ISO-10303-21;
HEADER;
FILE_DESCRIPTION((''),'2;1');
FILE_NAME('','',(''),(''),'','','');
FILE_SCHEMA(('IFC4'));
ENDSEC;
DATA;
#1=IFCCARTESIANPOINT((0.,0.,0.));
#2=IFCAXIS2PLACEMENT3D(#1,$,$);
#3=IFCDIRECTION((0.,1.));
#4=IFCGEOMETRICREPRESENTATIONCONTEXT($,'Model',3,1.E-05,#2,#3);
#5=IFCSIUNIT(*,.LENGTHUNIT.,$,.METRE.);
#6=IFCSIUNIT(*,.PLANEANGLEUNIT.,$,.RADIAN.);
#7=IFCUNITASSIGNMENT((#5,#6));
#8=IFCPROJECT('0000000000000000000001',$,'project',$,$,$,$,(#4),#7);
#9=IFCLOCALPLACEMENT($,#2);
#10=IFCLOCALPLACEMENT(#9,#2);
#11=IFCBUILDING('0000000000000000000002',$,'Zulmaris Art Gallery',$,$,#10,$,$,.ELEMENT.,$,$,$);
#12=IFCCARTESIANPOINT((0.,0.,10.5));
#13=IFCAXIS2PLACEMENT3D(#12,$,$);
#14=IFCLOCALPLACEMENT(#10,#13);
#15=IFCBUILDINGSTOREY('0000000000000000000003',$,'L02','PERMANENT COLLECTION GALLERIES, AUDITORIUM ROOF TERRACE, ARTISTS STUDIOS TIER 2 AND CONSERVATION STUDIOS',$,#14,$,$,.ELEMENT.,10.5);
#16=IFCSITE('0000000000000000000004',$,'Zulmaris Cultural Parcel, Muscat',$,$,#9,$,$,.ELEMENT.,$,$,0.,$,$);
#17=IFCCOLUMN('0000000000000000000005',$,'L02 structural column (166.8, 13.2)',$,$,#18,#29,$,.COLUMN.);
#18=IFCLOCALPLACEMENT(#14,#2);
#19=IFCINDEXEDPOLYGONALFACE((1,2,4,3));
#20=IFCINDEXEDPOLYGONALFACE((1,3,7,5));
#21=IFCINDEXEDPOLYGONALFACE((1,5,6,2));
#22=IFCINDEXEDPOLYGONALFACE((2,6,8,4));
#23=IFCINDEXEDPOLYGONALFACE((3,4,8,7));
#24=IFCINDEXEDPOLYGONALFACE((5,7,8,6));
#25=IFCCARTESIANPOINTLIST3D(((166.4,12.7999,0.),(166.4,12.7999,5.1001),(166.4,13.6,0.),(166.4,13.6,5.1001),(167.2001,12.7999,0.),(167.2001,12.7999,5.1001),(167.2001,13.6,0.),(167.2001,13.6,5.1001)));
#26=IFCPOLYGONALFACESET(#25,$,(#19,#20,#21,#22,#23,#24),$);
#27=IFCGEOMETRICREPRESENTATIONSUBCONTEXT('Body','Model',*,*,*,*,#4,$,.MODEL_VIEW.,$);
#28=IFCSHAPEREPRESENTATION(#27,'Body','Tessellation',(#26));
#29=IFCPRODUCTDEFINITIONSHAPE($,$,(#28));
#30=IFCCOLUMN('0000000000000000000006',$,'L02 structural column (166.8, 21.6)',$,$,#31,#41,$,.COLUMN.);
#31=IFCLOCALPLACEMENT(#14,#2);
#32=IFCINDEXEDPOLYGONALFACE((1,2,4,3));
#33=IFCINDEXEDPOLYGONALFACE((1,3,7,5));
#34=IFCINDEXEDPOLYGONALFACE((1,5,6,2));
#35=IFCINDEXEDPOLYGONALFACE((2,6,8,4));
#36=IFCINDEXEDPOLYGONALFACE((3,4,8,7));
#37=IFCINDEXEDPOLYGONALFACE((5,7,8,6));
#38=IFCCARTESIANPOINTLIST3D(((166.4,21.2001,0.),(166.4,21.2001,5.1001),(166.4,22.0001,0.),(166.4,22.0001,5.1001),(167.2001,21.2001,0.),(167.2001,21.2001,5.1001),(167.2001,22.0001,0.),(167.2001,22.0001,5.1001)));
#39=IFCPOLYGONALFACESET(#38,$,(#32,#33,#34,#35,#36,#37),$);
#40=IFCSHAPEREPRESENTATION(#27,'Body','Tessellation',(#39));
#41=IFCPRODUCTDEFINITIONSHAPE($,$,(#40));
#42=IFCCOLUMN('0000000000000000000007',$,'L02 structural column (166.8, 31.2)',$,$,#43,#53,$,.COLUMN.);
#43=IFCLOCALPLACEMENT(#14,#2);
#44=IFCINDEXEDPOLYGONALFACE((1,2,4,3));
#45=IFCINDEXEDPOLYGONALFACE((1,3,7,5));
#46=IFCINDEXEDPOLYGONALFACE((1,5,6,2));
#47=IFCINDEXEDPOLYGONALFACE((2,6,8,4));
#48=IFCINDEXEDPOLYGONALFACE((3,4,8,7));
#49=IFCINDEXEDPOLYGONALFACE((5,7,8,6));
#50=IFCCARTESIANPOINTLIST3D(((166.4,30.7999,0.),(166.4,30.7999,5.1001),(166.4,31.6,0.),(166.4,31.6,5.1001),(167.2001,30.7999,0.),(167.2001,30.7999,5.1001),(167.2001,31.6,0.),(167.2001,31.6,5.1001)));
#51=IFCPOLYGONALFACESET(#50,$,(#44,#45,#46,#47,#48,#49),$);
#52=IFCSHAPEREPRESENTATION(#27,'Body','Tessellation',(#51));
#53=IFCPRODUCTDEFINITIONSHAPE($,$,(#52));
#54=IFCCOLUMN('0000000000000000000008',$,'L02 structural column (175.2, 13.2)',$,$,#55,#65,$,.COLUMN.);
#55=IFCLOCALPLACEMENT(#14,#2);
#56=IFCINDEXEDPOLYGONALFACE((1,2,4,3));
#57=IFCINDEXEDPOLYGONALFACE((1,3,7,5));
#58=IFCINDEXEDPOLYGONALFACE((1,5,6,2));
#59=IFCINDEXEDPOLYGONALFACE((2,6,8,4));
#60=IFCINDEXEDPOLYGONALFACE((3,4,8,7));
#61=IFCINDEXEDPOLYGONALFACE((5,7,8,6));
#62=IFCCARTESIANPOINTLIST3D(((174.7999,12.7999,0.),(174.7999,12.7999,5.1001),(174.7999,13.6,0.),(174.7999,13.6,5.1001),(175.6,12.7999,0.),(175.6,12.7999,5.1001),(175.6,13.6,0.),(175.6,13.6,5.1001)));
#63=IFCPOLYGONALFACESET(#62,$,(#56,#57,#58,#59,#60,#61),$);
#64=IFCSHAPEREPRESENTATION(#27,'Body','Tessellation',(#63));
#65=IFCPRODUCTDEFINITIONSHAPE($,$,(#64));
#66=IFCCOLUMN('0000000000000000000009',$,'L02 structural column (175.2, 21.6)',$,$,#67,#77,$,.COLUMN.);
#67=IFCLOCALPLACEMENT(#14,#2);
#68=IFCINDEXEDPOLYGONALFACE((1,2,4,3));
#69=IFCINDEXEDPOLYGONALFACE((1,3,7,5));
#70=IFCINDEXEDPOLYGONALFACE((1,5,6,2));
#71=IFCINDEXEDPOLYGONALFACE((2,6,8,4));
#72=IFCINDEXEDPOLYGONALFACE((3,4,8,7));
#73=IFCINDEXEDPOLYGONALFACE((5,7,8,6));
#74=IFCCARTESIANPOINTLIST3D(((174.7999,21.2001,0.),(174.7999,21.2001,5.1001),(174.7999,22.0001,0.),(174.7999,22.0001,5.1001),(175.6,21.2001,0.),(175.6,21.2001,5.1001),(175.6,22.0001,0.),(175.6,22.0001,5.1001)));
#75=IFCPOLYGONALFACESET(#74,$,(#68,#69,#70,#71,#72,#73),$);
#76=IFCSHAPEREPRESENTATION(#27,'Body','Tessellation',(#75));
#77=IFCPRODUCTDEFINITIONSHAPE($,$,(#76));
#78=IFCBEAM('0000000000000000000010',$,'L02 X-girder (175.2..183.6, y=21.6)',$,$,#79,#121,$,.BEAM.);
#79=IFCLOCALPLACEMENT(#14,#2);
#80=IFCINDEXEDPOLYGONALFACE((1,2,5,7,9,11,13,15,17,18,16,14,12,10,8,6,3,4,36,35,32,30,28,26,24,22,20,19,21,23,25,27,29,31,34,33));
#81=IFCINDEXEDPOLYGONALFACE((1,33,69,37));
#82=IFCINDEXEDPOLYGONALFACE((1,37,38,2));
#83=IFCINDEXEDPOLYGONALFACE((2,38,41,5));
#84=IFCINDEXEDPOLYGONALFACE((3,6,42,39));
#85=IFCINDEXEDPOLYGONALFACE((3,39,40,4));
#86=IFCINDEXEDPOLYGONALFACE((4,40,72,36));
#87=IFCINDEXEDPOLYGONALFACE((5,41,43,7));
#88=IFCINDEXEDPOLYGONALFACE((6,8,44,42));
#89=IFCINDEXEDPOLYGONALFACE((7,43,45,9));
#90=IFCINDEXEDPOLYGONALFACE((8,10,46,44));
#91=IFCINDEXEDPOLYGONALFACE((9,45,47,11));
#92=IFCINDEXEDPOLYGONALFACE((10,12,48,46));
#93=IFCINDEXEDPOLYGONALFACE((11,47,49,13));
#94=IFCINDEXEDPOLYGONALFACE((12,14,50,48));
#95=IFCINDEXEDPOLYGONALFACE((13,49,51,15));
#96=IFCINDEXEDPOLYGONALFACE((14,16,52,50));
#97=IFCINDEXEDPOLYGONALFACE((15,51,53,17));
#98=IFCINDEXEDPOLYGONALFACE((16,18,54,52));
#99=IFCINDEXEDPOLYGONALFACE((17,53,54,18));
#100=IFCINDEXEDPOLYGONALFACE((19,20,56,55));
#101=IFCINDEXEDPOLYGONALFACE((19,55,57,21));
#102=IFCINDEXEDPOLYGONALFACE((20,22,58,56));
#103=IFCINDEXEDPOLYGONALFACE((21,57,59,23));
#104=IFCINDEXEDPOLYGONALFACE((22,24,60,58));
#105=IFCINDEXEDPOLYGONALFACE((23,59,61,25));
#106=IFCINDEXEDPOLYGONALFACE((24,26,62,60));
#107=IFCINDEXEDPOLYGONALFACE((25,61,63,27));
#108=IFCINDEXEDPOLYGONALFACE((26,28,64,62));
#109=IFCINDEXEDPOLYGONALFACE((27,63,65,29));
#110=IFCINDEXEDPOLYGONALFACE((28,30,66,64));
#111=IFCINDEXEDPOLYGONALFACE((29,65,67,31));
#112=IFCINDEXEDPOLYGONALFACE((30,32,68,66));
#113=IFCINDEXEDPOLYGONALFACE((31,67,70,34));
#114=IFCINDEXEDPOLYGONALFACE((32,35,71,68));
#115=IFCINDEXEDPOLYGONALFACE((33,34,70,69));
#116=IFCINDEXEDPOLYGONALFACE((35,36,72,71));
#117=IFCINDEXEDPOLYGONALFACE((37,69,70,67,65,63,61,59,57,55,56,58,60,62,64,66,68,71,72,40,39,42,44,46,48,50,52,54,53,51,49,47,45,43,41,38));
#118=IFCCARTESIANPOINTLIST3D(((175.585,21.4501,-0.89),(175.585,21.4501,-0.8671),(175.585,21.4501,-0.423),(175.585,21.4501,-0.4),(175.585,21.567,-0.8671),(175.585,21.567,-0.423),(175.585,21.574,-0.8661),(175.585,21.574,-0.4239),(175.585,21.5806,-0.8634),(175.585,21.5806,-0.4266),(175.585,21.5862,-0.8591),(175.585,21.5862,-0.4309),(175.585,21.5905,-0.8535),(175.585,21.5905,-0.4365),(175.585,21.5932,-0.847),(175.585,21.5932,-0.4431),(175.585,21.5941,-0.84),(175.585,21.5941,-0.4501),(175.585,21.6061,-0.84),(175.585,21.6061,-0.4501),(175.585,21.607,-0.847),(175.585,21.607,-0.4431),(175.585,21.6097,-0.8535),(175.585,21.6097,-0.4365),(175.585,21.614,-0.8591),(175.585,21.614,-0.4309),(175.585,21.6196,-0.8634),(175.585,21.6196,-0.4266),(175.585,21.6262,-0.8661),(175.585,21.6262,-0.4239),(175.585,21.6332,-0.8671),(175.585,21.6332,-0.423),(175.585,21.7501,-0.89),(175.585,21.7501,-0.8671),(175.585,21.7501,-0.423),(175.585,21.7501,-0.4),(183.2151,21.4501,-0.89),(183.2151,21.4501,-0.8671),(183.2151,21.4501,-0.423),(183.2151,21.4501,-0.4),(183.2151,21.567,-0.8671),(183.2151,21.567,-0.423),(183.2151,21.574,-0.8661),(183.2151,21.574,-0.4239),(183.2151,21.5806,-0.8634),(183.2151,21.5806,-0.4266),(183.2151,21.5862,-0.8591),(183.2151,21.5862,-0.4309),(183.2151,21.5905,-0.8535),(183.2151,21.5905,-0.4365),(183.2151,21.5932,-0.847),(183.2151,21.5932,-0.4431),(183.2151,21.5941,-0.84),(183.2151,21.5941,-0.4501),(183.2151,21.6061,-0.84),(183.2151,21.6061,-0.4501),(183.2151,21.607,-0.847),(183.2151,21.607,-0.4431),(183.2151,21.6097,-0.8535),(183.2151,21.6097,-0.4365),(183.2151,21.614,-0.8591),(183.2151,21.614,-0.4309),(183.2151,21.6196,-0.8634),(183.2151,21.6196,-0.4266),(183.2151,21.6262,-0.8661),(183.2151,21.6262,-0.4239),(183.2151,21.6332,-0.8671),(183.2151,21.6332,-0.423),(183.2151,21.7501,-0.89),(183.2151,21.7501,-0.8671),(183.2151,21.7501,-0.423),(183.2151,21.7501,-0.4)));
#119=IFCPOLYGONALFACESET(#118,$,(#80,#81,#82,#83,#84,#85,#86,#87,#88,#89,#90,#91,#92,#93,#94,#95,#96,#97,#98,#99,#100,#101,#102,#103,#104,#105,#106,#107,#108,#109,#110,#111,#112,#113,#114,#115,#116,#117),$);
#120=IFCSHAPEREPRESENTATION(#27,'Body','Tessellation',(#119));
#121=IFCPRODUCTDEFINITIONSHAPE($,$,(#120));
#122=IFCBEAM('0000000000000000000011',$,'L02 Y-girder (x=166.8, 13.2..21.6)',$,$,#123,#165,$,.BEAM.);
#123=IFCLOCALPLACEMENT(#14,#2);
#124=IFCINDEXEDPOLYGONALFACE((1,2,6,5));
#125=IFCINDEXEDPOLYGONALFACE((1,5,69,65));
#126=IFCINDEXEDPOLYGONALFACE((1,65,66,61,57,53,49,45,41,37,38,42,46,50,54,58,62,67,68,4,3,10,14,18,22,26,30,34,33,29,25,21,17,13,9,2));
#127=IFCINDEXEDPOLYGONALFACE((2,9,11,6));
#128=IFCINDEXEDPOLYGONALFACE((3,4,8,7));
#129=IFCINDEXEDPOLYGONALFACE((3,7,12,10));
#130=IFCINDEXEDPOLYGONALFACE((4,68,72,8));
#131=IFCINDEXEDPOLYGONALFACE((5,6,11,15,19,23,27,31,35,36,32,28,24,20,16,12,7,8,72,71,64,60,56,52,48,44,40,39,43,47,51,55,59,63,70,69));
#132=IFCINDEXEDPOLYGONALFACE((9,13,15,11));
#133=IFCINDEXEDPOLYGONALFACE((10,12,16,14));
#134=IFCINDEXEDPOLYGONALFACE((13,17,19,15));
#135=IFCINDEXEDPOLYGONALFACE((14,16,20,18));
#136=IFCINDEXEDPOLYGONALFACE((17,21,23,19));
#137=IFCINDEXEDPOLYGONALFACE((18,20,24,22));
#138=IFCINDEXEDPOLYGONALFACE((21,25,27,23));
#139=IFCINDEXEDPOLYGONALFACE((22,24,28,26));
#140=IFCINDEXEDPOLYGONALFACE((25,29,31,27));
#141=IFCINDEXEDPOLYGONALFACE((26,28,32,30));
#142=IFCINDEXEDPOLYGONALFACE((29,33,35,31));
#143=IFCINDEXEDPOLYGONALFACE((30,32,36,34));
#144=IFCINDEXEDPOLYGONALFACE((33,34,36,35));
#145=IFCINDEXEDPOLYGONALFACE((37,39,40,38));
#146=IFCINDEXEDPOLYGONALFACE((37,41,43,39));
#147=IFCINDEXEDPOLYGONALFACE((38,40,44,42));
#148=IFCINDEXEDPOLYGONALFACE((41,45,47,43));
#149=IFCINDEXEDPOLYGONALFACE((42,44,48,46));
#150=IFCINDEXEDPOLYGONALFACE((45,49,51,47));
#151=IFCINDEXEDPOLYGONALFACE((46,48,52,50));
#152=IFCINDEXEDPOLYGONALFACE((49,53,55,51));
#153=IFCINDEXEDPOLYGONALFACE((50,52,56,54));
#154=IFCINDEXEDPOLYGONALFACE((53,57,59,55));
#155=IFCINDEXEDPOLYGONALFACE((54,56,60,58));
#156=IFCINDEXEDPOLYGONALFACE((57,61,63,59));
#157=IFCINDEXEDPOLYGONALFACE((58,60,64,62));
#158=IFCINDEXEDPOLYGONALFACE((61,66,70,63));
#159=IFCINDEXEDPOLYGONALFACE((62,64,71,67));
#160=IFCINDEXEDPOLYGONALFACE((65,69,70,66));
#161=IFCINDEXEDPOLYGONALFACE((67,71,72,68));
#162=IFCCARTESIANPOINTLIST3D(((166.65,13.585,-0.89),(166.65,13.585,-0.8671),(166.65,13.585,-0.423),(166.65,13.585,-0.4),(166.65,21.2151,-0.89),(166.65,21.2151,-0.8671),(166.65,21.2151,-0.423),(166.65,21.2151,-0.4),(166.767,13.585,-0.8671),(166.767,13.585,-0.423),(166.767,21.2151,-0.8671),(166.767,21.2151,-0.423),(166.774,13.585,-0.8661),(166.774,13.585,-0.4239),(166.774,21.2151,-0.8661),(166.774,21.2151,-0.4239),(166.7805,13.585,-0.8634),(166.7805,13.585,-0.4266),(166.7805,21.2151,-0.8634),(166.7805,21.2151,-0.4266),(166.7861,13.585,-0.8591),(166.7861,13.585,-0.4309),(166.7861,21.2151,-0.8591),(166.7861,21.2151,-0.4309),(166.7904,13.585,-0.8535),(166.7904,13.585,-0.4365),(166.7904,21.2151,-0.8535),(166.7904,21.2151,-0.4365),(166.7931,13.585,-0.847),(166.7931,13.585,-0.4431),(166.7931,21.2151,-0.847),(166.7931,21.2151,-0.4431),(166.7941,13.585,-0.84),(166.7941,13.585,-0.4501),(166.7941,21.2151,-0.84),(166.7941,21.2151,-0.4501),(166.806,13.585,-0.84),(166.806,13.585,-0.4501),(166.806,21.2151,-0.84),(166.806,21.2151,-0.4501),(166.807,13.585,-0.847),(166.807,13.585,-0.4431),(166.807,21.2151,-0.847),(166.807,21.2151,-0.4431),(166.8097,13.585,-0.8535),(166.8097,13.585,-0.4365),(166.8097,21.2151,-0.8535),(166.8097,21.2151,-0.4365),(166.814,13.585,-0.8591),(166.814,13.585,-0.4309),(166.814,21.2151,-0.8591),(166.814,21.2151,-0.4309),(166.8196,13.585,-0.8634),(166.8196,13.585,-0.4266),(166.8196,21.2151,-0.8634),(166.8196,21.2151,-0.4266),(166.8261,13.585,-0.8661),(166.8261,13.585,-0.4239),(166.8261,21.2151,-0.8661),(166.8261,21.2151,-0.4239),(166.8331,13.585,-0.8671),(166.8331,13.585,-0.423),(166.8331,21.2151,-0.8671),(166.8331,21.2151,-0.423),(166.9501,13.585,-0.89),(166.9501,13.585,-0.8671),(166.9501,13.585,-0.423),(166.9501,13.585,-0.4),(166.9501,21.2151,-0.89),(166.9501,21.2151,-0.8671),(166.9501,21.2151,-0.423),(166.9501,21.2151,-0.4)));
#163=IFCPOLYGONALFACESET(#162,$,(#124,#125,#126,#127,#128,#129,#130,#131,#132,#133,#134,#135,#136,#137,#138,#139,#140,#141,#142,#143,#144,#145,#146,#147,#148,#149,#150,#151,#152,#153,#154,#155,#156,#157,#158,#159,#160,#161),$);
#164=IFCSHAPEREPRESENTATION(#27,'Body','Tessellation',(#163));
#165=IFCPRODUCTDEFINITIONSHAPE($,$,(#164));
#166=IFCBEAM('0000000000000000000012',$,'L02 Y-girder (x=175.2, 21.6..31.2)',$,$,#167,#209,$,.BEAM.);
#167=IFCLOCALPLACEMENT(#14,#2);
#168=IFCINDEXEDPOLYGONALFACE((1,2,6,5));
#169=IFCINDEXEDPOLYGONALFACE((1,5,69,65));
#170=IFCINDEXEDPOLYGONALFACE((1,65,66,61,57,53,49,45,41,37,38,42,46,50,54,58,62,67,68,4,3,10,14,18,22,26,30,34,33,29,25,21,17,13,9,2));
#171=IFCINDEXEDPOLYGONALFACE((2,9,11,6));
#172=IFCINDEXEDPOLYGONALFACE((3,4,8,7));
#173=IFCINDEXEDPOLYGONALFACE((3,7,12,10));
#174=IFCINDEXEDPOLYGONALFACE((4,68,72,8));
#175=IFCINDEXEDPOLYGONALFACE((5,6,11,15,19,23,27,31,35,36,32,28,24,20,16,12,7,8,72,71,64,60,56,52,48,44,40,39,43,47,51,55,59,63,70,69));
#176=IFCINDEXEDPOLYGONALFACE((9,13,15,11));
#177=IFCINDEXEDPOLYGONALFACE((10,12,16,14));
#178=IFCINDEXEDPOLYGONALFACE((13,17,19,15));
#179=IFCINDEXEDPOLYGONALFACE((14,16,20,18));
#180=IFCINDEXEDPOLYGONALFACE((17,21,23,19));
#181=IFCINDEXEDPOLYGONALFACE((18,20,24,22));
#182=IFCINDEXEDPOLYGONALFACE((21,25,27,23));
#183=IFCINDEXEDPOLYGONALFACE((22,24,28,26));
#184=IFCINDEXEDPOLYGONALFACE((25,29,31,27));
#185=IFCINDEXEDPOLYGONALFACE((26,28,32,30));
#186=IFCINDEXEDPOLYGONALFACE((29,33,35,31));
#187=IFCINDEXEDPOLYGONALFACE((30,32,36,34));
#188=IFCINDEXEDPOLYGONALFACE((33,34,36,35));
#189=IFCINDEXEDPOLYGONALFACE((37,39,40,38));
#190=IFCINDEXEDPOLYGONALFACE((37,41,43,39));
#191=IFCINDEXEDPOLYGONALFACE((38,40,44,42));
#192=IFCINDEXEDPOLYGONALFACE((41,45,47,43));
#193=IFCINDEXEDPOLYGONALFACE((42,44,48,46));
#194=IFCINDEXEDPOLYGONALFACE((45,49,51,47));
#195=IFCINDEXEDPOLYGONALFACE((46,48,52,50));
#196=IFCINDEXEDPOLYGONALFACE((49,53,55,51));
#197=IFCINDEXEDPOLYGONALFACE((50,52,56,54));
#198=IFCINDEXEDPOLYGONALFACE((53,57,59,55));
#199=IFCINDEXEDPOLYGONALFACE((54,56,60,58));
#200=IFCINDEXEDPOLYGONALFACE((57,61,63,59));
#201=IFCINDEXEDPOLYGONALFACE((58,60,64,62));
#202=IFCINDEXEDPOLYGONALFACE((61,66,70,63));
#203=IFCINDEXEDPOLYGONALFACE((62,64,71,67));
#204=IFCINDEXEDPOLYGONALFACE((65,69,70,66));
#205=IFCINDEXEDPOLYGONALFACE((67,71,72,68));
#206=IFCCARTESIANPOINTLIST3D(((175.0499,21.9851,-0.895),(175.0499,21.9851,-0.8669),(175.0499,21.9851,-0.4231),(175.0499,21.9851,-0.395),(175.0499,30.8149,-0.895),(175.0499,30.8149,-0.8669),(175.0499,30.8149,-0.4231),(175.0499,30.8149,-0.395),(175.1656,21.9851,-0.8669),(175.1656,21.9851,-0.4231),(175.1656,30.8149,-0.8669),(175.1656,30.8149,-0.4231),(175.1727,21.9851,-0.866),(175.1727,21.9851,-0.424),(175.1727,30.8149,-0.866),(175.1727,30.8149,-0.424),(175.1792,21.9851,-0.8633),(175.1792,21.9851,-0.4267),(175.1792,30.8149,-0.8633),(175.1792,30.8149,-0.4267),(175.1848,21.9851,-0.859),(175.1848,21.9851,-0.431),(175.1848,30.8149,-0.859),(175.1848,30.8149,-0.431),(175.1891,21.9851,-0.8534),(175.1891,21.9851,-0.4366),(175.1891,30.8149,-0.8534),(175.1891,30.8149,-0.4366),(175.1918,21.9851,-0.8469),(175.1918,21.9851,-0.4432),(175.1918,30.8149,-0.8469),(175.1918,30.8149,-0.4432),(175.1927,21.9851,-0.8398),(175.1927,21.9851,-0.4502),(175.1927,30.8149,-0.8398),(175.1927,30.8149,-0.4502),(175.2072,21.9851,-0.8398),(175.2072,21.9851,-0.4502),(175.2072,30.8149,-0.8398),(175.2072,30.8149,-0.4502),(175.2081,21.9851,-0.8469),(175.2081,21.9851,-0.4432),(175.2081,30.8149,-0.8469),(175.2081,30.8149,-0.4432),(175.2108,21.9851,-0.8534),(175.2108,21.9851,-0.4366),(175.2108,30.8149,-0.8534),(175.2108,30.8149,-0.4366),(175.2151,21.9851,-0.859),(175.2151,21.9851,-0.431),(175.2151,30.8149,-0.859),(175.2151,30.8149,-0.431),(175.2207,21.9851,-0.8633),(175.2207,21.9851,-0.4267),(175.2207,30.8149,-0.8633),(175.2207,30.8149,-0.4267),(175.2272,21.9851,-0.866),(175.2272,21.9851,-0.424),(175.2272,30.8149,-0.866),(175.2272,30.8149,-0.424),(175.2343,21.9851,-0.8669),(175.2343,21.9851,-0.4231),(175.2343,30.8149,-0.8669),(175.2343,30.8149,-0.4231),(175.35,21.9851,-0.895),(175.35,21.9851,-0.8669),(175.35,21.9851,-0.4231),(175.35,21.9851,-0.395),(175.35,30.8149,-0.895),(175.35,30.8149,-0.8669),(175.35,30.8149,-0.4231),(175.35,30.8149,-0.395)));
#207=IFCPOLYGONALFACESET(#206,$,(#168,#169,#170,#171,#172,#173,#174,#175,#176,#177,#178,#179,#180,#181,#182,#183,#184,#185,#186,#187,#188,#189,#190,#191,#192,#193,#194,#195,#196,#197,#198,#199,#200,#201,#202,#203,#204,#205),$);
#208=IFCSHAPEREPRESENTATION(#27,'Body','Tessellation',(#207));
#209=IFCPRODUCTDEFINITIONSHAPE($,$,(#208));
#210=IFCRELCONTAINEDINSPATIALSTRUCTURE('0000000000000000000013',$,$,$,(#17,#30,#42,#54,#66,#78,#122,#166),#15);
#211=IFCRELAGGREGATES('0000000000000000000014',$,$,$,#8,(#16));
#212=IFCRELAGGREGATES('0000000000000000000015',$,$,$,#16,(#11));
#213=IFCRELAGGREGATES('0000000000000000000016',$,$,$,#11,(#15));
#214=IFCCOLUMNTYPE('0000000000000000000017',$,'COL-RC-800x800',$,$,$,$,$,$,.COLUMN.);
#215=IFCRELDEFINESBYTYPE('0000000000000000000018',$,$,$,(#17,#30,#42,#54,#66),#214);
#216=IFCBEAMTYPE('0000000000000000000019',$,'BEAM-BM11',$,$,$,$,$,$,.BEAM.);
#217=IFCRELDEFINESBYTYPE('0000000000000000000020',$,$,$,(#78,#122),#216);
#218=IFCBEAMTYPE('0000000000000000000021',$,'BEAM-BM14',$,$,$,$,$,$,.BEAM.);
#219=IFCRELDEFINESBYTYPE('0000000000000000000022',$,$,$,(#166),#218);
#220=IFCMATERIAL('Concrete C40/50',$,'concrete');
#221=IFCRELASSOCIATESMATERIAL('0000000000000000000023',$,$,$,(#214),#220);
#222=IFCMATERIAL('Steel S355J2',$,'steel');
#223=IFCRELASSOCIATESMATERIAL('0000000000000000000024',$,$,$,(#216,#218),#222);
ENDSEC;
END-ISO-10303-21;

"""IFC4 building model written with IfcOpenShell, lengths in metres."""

from ifc_helpers import new_model, si_unit, direction, frame, origin, origin_2d, place, context, subcontext, project, spatial, rectangle, i_section, extrude, material, material_profile, profile_set, type_object, element, save


model = new_model("IFC4")

# Units and contexts
model_context = context("Model", 3, precision=1e-05, world=origin(), true_north=direction((0.0, 1.0)))
body_context = subcontext(model_context, "Body", "Model", "MODEL_VIEW")
ifc_project = project(units=[si_unit("LENGTHUNIT", "METRE"), si_unit("PLANEANGLEUNIT", "RADIAN")], contexts=[model_context])

# Site, building, storey
site_placement = place(None, origin())
site = spatial("IfcSite", under=ifc_project, at=site_placement, Name="Zulmaris Cultural Parcel, Muscat", CompositionType="ELEMENT", RefElevation=0.0)
building_placement = place(site_placement, origin())
building = spatial("IfcBuilding", under=site, at=building_placement, Name="Zulmaris Art Gallery", CompositionType="ELEMENT")
storey_placement = place(building_placement, frame((0.0, 0.0, 10.5)))
storey = spatial("IfcBuildingStorey", under=building, at=storey_placement, Name="L02", Description="PERMANENT COLLECTION GALLERIES, AUDITORIUM ROOF TERRACE, ARTISTS STUDIOS TIER 2 AND CONSERVATION STUDIOS", CompositionType="ELEMENT", Elevation=10.5)

# Columns
ifc_material_1 = material(Name="Concrete C40/50", Category="concrete")
ifc_material_profile_1 = material_profile(ifc_material_1, rectangle(XDim=0.8, YDim=0.8, at=origin_2d()), Name="RC 800x800")
ifc_profile_set_1 = profile_set([ifc_material_profile_1], Name="Concrete C40/50")
column_type = type_object("IfcColumnType", Name="COL-RC-800x800", PredefinedType="COLUMN", material=ifc_profile_set_1)
for number, where, z_axis, x_axis, name in (
    (1, (166.8, 13.2, 0.0), (0.0, 0.0, 1.0), (1.0, 0.0, 0.0), "L02 structural column (166.8, 13.2)"),
    (2, (166.8, 21.6001, 0.0), (0.0, 0.0, 1.0), (1.0, 0.0, 0.0), "L02 structural column (166.8, 21.6)"),
    (3, (166.8, 31.2, 0.0), (0.0, 0.0, 1.0), (1.0, 0.0, 0.0), "L02 structural column (166.8, 31.2)"),
    (4, (175.2, 13.2, 0.0), (0.0, 0.0, 1.0), (1.0, 0.0, 0.0), "L02 structural column (175.2, 13.2)"),
    (5, (175.2, 21.6001, 0.0), (0.0, 0.0, 1.0), (1.0, 0.0, 0.0), "L02 structural column (175.2, 21.6)"),
):
    element("IfcColumn", number, at=place(storey_placement, frame(where, z_axis=z_axis, x_axis=x_axis)), inside=storey, type_object=column_type, Name=name, PredefinedType="COLUMN", context=body_context, shape_type="SweptSolid", body=[
        extrude(rectangle(XDim=0.8, YDim=0.8, at=origin_2d()), origin(), (0.0, 0.0, 1.0), 5.1001),
    ])

# Beams
ifc_material_2 = material(Name="Steel S355J2", Category="steel")
ifc_material_profile_2 = material_profile(ifc_material_2, i_section(OverallWidth=0.3, OverallDepth=0.49, WebThickness=0.012, FlangeThickness=0.0229, FilletRadius=0.0271, at=origin_2d()), Name="HEA 500")
ifc_profile_set_2 = profile_set([ifc_material_profile_2], Name="Steel S355J2")
beam_type_1 = type_object("IfcBeamType", Name="BEAM-BM11", PredefinedType="BEAM", material=ifc_profile_set_2)
for number, where, z_axis, x_axis, name in (
    (6, (175.585, 21.6001, -0.645), (1.0, 0.0, 0.0), (0.0, 1.0, 0.0), "L02 X-girder (175.2..183.6, y=21.6)"),
    (7, (166.8, 13.585, -0.645), (0.0, 1.0, 0.0), (-1.0, 0.0, 0.0), "L02 Y-girder (x=166.8, 13.2..21.6)"),
):
    element("IfcBeam", number, at=place(storey_placement, frame(where, z_axis=z_axis, x_axis=x_axis)), inside=storey, type_object=beam_type_1, Name=name, PredefinedType="BEAM", context=body_context, shape_type="SweptSolid", body=[
        extrude(i_section(OverallWidth=0.3, OverallDepth=0.49, WebThickness=0.012, FlangeThickness=0.0229, FilletRadius=0.0271, at=origin_2d()), origin(), (0.0, 0.0, 1.0), 7.6301),
    ])
ifc_material_profile_3 = material_profile(ifc_material_2, i_section(OverallWidth=0.3, OverallDepth=0.5, WebThickness=0.0144, FlangeThickness=0.0281, FilletRadius=0.0271, at=origin_2d()), Name="HEB 500")
ifc_profile_set_3 = profile_set([ifc_material_profile_3], Name="Steel S355J2")
beam_type_2 = type_object("IfcBeamType", Name="BEAM-BM14", PredefinedType="BEAM", material=ifc_profile_set_3)
beam_1_placement = place(storey_placement, frame((175.2, 21.9851, -0.645), z_axis=(0.0, 1.0, 0.0), x_axis=(-1.0, 0.0, 0.0)))
element("IfcBeam", 8, at=beam_1_placement, inside=storey, type_object=beam_type_2, Name="L02 Y-girder (x=175.2, 21.6..31.2)", PredefinedType="BEAM", context=body_context, shape_type="SweptSolid", body=[
    extrude(i_section(OverallWidth=0.3, OverallDepth=0.5, WebThickness=0.0144, FlangeThickness=0.0281, FilletRadius=0.0271, at=origin_2d()), origin(), (0.0, 0.0, 1.0), 8.8298),
])

save(model, "model.ifc")
